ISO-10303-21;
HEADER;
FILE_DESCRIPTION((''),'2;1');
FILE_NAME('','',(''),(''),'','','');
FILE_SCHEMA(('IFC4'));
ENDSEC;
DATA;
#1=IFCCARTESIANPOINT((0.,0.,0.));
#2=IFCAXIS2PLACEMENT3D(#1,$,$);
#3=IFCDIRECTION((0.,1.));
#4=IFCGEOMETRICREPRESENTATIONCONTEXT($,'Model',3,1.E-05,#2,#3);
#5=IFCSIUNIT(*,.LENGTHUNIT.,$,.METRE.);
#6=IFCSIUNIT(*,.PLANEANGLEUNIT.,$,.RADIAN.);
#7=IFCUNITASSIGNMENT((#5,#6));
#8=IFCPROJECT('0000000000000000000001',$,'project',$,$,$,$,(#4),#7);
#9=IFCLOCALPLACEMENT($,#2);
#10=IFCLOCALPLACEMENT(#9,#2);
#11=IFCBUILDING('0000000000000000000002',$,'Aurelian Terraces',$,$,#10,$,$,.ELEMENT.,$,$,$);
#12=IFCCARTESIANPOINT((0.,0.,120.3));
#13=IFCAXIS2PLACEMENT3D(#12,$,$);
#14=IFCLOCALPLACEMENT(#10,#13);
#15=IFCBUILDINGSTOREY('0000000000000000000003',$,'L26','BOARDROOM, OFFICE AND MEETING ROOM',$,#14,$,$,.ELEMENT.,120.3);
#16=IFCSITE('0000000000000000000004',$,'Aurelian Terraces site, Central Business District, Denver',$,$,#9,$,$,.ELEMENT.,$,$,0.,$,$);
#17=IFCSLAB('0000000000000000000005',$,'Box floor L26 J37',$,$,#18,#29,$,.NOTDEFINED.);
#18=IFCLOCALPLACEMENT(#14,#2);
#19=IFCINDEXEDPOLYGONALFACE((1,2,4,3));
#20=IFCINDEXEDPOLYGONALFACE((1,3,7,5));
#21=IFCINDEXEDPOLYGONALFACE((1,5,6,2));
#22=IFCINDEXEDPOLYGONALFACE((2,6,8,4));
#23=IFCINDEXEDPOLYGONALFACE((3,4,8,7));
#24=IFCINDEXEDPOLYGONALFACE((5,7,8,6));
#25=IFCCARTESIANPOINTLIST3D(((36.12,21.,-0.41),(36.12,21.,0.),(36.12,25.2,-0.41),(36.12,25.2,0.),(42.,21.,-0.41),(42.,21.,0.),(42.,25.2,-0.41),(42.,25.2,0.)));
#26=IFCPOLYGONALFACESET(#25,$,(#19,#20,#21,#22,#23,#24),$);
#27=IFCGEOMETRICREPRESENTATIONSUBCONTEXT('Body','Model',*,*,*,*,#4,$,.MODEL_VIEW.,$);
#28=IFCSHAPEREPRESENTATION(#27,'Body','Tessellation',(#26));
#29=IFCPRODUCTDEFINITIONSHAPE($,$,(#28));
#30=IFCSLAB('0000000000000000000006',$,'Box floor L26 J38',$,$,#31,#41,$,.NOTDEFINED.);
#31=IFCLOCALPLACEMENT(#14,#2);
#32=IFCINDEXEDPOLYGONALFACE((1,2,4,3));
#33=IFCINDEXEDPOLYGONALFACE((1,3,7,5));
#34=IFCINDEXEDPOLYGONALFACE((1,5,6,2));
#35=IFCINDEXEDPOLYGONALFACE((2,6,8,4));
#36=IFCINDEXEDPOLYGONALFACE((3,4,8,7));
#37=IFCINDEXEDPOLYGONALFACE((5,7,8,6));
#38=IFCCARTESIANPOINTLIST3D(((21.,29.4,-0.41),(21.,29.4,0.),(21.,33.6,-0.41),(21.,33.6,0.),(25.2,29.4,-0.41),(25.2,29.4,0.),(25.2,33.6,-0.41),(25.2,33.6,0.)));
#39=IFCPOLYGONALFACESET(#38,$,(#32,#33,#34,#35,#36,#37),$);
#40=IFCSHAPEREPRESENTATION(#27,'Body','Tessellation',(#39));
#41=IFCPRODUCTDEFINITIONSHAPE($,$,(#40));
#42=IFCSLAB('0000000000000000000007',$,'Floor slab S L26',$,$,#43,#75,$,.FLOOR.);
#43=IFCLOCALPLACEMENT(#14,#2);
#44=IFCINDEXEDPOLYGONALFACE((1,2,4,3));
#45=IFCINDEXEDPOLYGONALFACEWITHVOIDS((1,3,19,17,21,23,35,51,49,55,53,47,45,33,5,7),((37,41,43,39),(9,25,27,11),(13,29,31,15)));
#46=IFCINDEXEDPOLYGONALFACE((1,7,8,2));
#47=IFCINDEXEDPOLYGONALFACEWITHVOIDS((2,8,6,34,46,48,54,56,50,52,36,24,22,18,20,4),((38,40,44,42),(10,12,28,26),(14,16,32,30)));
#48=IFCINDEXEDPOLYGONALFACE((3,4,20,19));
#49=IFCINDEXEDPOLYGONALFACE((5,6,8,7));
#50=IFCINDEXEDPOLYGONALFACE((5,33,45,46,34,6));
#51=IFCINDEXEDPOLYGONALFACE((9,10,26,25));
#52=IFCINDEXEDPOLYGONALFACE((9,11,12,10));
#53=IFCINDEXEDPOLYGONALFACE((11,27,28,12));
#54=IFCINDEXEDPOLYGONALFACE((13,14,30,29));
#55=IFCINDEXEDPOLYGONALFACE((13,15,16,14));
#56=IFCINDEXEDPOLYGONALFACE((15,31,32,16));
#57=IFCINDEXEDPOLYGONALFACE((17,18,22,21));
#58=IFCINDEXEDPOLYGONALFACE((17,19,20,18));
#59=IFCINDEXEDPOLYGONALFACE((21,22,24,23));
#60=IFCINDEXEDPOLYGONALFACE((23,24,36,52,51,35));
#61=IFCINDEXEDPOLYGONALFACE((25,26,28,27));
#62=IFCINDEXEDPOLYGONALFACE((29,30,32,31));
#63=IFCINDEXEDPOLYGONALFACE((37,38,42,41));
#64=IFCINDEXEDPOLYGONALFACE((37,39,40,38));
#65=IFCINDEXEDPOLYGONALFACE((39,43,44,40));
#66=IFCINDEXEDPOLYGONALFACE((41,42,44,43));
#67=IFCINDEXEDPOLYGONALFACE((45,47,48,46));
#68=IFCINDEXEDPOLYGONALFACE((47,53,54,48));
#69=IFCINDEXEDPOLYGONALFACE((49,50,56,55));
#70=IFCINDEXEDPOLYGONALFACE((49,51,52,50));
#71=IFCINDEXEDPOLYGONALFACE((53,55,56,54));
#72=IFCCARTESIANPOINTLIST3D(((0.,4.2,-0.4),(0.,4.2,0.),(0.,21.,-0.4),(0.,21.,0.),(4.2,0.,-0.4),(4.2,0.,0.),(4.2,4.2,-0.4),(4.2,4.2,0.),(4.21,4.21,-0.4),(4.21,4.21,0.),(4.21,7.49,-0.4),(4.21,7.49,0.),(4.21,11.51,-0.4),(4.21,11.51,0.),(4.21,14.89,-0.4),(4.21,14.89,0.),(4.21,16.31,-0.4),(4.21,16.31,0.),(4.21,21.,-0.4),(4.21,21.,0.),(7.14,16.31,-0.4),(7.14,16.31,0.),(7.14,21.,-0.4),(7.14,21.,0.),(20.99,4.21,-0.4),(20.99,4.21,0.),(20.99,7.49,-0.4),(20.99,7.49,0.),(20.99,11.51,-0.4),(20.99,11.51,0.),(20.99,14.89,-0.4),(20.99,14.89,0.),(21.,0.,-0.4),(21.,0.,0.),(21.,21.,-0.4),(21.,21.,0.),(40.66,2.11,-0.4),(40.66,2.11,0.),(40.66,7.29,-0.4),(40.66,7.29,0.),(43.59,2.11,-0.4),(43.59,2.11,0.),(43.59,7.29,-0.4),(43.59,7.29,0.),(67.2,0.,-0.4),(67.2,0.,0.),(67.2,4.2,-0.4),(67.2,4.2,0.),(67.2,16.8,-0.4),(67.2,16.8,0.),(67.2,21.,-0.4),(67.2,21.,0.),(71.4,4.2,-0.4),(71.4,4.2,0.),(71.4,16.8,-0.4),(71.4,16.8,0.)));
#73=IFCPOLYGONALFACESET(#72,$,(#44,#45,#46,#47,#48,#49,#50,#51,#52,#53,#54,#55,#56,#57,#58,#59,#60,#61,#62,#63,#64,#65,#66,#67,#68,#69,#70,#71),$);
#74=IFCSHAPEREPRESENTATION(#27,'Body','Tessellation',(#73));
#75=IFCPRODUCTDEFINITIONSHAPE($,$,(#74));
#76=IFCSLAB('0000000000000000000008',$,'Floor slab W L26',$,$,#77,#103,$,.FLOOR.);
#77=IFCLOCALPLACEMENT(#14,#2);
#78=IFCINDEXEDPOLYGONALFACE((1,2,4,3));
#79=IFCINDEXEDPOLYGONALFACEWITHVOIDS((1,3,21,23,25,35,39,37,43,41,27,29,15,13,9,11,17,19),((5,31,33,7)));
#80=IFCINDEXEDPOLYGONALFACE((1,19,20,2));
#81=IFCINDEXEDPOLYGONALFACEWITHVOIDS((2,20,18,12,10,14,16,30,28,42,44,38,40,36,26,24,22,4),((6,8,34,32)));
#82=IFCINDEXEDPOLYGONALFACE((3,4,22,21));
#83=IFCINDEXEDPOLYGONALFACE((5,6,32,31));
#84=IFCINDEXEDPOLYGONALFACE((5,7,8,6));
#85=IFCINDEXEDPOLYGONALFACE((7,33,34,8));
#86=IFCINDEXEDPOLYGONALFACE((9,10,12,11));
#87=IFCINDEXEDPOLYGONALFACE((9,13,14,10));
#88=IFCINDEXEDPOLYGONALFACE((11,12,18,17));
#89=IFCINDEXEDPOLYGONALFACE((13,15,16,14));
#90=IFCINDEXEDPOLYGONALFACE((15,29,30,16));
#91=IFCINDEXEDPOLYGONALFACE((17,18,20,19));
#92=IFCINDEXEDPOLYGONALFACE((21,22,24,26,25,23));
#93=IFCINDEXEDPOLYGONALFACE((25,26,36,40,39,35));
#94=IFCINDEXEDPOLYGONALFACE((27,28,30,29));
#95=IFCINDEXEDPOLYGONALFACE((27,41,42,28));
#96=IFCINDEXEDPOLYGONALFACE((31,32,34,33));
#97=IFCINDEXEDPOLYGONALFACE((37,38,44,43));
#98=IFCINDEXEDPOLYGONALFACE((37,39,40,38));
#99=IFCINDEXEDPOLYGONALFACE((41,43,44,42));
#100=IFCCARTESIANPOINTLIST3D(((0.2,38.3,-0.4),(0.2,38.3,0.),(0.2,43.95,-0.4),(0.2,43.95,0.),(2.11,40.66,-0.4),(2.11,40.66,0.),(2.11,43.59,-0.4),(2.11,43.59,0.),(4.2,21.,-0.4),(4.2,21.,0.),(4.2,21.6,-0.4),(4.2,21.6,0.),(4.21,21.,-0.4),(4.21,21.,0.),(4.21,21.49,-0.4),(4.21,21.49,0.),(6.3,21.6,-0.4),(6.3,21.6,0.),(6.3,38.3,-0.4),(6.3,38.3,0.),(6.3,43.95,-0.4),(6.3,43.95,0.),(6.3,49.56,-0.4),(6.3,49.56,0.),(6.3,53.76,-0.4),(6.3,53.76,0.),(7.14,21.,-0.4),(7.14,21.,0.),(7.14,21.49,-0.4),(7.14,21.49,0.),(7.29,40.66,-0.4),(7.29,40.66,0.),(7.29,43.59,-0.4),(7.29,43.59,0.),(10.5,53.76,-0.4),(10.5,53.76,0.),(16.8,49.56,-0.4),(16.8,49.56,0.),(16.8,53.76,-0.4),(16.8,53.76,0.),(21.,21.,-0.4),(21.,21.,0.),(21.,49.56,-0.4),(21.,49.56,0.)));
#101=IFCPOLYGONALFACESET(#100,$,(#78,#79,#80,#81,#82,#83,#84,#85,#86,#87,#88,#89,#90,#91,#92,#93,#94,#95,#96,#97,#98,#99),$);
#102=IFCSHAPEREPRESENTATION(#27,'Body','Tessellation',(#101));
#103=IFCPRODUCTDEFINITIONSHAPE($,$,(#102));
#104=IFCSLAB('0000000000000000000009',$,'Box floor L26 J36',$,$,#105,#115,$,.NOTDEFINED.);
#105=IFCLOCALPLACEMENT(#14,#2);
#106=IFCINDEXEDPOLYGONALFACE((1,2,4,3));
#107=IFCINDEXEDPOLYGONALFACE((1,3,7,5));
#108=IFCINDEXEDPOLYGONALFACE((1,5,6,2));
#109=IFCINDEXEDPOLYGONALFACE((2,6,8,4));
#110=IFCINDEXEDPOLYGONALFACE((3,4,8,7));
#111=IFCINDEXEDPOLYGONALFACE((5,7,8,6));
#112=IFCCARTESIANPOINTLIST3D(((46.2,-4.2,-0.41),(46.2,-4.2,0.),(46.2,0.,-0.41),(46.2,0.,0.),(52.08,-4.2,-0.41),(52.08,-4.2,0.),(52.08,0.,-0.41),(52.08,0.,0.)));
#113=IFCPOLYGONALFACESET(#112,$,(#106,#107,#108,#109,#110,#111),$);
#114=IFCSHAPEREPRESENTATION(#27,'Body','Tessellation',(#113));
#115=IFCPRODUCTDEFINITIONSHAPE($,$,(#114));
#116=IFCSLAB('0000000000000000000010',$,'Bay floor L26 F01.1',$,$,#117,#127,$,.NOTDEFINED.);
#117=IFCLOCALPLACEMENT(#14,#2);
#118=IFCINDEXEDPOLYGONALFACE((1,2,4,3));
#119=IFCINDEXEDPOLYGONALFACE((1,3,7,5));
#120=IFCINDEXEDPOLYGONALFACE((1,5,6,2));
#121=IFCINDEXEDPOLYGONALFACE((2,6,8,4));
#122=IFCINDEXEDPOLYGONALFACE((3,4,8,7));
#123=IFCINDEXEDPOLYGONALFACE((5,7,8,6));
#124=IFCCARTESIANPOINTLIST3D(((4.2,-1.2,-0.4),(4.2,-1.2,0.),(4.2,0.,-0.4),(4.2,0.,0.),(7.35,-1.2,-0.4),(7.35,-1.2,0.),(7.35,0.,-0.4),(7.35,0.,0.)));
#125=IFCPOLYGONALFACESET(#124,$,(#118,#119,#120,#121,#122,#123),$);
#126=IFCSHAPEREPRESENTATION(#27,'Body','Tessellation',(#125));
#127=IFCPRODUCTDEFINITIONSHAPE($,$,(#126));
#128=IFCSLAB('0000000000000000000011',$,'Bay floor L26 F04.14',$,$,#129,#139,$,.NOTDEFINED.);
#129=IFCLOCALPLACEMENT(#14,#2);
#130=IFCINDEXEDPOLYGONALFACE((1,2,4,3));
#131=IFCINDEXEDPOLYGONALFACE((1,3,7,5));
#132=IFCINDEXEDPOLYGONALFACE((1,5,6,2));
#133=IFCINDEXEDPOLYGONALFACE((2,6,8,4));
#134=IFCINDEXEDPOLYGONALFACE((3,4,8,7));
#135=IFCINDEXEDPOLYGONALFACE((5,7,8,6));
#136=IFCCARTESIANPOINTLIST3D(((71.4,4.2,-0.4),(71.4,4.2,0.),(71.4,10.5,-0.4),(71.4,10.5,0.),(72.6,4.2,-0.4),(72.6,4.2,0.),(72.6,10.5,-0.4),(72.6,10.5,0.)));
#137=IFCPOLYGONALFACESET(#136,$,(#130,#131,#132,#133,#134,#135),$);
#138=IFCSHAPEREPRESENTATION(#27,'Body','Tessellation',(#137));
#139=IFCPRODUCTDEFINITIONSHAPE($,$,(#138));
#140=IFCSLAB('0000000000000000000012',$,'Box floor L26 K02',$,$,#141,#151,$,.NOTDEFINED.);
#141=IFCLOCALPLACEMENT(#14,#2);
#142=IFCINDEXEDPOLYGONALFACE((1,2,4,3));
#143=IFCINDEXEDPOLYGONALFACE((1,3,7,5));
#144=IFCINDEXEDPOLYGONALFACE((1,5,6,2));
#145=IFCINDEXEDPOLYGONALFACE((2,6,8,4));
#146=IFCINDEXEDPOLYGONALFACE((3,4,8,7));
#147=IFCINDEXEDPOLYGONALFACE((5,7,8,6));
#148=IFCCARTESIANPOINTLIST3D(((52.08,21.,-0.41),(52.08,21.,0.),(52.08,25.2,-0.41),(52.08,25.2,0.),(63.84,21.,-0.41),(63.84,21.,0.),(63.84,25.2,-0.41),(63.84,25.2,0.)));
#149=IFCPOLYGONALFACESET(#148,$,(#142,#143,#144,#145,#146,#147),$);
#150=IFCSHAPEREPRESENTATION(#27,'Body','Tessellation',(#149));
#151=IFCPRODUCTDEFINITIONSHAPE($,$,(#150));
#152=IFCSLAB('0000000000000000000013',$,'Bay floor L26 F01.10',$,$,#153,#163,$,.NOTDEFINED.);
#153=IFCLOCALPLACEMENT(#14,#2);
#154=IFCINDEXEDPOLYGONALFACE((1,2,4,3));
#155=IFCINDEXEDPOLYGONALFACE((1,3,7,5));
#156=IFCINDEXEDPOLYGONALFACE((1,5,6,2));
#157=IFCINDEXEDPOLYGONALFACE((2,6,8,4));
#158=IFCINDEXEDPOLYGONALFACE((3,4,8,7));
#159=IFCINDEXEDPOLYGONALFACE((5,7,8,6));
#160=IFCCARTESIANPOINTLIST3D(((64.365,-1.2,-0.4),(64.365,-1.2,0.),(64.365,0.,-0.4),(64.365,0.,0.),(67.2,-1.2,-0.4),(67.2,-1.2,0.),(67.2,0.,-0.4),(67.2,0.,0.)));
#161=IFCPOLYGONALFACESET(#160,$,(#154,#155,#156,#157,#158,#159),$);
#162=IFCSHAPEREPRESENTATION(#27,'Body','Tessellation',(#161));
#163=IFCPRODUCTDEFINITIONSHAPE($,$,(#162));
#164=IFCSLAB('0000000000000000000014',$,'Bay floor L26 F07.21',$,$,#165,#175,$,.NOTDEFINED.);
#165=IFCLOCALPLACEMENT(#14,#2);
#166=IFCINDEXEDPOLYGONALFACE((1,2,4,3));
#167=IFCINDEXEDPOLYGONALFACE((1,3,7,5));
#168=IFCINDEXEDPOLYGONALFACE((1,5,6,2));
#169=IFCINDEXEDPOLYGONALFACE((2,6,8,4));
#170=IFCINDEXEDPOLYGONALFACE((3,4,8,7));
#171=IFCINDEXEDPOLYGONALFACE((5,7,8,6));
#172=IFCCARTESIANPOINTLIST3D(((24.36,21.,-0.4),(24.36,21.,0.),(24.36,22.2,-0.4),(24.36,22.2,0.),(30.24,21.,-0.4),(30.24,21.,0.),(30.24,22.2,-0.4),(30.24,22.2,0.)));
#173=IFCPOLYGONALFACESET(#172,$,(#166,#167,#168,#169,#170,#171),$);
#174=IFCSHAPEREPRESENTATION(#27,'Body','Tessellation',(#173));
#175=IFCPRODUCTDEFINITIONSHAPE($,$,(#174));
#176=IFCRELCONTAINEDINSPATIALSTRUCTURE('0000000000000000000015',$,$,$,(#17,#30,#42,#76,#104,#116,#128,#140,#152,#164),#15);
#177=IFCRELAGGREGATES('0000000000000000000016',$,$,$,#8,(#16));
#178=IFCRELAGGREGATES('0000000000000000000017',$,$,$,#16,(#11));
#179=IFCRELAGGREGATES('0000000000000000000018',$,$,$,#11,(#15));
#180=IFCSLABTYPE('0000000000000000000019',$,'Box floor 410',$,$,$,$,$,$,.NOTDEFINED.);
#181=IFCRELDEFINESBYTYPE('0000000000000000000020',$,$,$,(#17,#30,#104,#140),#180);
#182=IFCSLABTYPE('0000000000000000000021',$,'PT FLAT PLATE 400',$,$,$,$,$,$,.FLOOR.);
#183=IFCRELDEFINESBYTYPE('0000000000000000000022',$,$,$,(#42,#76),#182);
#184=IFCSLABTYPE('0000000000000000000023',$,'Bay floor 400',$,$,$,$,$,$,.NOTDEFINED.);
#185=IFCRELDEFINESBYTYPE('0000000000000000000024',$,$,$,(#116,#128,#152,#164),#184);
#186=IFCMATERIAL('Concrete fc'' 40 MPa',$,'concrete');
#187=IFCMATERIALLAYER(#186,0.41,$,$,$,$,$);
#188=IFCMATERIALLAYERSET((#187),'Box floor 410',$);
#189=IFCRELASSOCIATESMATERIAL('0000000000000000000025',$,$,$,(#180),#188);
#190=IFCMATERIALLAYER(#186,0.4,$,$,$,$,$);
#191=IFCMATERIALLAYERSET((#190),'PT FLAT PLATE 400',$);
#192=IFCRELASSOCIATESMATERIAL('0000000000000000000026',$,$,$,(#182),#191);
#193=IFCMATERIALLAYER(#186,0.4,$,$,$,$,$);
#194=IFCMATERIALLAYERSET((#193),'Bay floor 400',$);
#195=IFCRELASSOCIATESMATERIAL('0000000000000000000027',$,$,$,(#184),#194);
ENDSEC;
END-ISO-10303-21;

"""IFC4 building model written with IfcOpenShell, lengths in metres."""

from ifc_helpers import new_model, si_unit, direction, frame, origin, place, context, subcontext, project, spatial, polyline, outline, extrude, source, transform, mapped, material, layer, layer_set, type_object, element, save


model = new_model("IFC4")

# Units and contexts
model_context = context("Model", 3, precision=1e-05, world=origin(), true_north=direction((0.0, 1.0)))
body_context = subcontext(model_context, "Body", "Model", "MODEL_VIEW")
ifc_project = project(units=[si_unit("LENGTHUNIT", "METRE"), si_unit("PLANEANGLEUNIT", "RADIAN")], contexts=[model_context])

# Site, building, storey
site_placement = place(None, origin())
site = spatial("IfcSite", under=ifc_project, at=site_placement, Name="Aurelian Terraces site, Central Business District, Denver", CompositionType="ELEMENT", RefElevation=0.0)
building_placement = place(site_placement, origin())
building = spatial("IfcBuilding", under=site, at=building_placement, Name="Aurelian Terraces", CompositionType="ELEMENT")
storey_placement = place(building_placement, frame((0.0, 0.0, 120.3)))
storey = spatial("IfcBuildingStorey", under=building, at=storey_placement, Name="L26", Description="BOARDROOM, OFFICE AND MEETING ROOM", CompositionType="ELEMENT", Elevation=120.3)

# Slabs
ifc_material = material(Name="Concrete fc' 40 MPa", Category="concrete")
ifc_layer_1 = layer(ifc_material, 0.41)
ifc_layer_set_1 = layer_set([ifc_layer_1], Name="Box floor 410")
slab_type_1 = type_object("IfcSlabType", Name="Box floor 410", PredefinedType="NOTDEFINED", material=ifc_layer_set_1)
slab_1_placement = place(storey_placement, frame((0.0, 0.0, -0.41)))
element("IfcSlab", 1, at=slab_1_placement, inside=storey, type_object=slab_type_1, Name="Box floor L26 J37", PredefinedType="NOTDEFINED", context=body_context, shape_type="SweptSolid", body=[
    extrude(outline(polyline([(42.0, 25.2), (36.12, 25.2), (36.12, 21.0), (42.0, 21.0), (42.0, 25.2)])), origin(), (0.0, 0.0, 1.0), 0.41),
])
slab_2_placement = place(storey_placement, frame((0.0, 0.0, -0.41)))
element("IfcSlab", 2, at=slab_2_placement, inside=storey, type_object=slab_type_1, Name="Box floor L26 J38", PredefinedType="NOTDEFINED", context=body_context, shape_type="SweptSolid", body=[
    extrude(outline(polyline([(25.2, 29.4), (25.2, 33.6), (21.0, 33.6), (21.0, 29.4), (25.2, 29.4)])), origin(), (0.0, 0.0, 1.0), 0.41),
])
ifc_layer_2 = layer(ifc_material, 0.4)
ifc_layer_set_2 = layer_set([ifc_layer_2], Name="PT FLAT PLATE 400")
slab_type_2 = type_object("IfcSlabType", Name="PT FLAT PLATE 400", PredefinedType="FLOOR", material=ifc_layer_set_2)
shared_shape_1 = source(origin(), body_context, "Body", "SweptSolid", [
    extrude(outline(polyline([(67.2, 16.8), (71.4, 16.8), (71.4, 4.2), (67.2, 4.2), (67.2, 0.0), (21.0, 0.0), (4.2, 0.0), (4.2, 4.2), (0.0, 4.2), (0.0, 21.0), (4.21, 21.0), (4.21, 16.31), (7.14, 16.31), (7.14, 21.0), (21.0, 21.0), (67.2, 21.0), (67.2, 16.8)]), holes=[polyline([(40.66, 2.11), (43.59, 2.11), (43.59, 7.29), (40.66, 7.29), (40.66, 2.11)]), polyline([(4.21, 7.49), (4.21, 4.21), (20.99, 4.21), (20.99, 7.49), (4.21, 7.49)]), polyline([(4.21, 14.89), (4.21, 11.51), (20.99, 11.51), (20.99, 14.89), (4.21, 14.89)])]), origin(), (0.0, 0.0, 1.0), 0.4),
])
slab_3_placement = place(storey_placement, frame((0.0, 0.0, -0.4)))
element("IfcSlab", 3, at=slab_3_placement, inside=storey, type_object=slab_type_2, Name="Floor slab S L26", PredefinedType="FLOOR", context=body_context, shape_type="MappedRepresentation", body=[
    mapped(shared_shape_1, transform((0.0, 0.0, 0.0), scale=1.0)),
])
shared_shape_2 = source(origin(), body_context, "Body", "SweptSolid", [
    extrude(outline(polyline([(0.2, 43.95), (6.3, 43.95), (6.3, 49.56), (6.3, 53.76), (10.5, 53.76), (16.8, 53.76), (16.8, 49.56), (21.0, 49.56), (21.0, 21.0), (7.14, 21.0), (7.14, 21.49), (4.21, 21.49), (4.21, 21.0), (4.2, 21.0), (4.2, 21.6), (6.3, 21.6), (6.3, 38.3), (0.2, 38.3), (0.2, 43.95)]), holes=[polyline([(7.29, 43.59), (2.11, 43.59), (2.11, 40.66), (7.29, 40.66), (7.29, 43.59)])]), origin(), (0.0, 0.0, 1.0), 0.4),
])
slab_4_placement = place(storey_placement, frame((0.0, 0.0, -0.4)))
element("IfcSlab", 4, at=slab_4_placement, inside=storey, type_object=slab_type_2, Name="Floor slab W L26", PredefinedType="FLOOR", context=body_context, shape_type="MappedRepresentation", body=[
    mapped(shared_shape_2, transform((0.0, 0.0, 0.0), scale=1.0)),
])
shared_shape_3 = source(origin(), body_context, "Body", "SweptSolid", [
    extrude(outline(polyline([(46.2, -4.2), (52.08, -4.2), (52.08, 0.0), (46.2, 0.0), (46.2, -4.2)])), origin(), (0.0, 0.0, 1.0), 0.41),
])
slab_5_placement = place(storey_placement, frame((0.0, 0.0, -0.41)))
element("IfcSlab", 5, at=slab_5_placement, inside=storey, type_object=slab_type_1, Name="Box floor L26 J36", PredefinedType="NOTDEFINED", context=body_context, shape_type="MappedRepresentation", body=[
    mapped(shared_shape_3, transform((0.0, 0.0, 0.0), scale=1.0)),
])
ifc_layer_3 = layer(ifc_material, 0.4)
ifc_layer_set_3 = layer_set([ifc_layer_3], Name="Bay floor 400")
slab_type_3 = type_object("IfcSlabType", Name="Bay floor 400", PredefinedType="NOTDEFINED", material=ifc_layer_set_3)
shared_shape_4 = source(origin(), body_context, "Body", "SweptSolid", [
    extrude(outline(polyline([(4.2, 0.0), (7.35, 0.0), (7.35, -1.2), (4.2, -1.2), (4.2, 0.0)])), origin(), (0.0, 0.0, 1.0), 0.4),
])
slab_6_placement = place(storey_placement, frame((0.0, 0.0, -0.4)))
element("IfcSlab", 6, at=slab_6_placement, inside=storey, type_object=slab_type_3, Name="Bay floor L26 F01.1", PredefinedType="NOTDEFINED", context=body_context, shape_type="MappedRepresentation", body=[
    mapped(shared_shape_4, transform((0.0, 0.0, 0.0), scale=1.0)),
])
shared_shape_5 = source(origin(), body_context, "Body", "SweptSolid", [
    extrude(outline(polyline([(71.4, 4.2), (71.4, 10.5), (72.6, 10.5), (72.6, 4.2), (71.4, 4.2)])), origin(), (0.0, 0.0, 1.0), 0.4),
])
slab_7_placement = place(storey_placement, frame((0.0, 0.0, -0.4)))
element("IfcSlab", 7, at=slab_7_placement, inside=storey, type_object=slab_type_3, Name="Bay floor L26 F04.14", PredefinedType="NOTDEFINED", context=body_context, shape_type="MappedRepresentation", body=[
    mapped(shared_shape_5, transform((0.0, 0.0, 0.0), scale=1.0)),
])
shared_shape_6 = source(origin(), body_context, "Body", "SweptSolid", [
    extrude(outline(polyline([(63.84, 25.2), (52.08, 25.2), (52.08, 21.0), (63.84, 21.0), (63.84, 25.2)])), origin(), (0.0, 0.0, 1.0), 0.41),
])
slab_8_placement = place(storey_placement, frame((0.0, 0.0, -0.41)))
element("IfcSlab", 8, at=slab_8_placement, inside=storey, type_object=slab_type_1, Name="Box floor L26 K02", PredefinedType="NOTDEFINED", context=body_context, shape_type="MappedRepresentation", body=[
    mapped(shared_shape_6, transform((0.0, 0.0, 0.0), scale=1.0)),
])
shared_shape_7 = source(origin(), body_context, "Body", "SweptSolid", [
    extrude(outline(polyline([(64.365, 0.0), (67.2, 0.0), (67.2, -1.2), (64.365, -1.2), (64.365, 0.0)])), origin(), (0.0, 0.0, 1.0), 0.4),
])
slab_9_placement = place(storey_placement, frame((0.0, 0.0, -0.4)))
element("IfcSlab", 9, at=slab_9_placement, inside=storey, type_object=slab_type_3, Name="Bay floor L26 F01.10", PredefinedType="NOTDEFINED", context=body_context, shape_type="MappedRepresentation", body=[
    mapped(shared_shape_7, transform((0.0, 0.0, 0.0), scale=1.0)),
])
shared_shape_8 = source(origin(), body_context, "Body", "SweptSolid", [
    extrude(outline(polyline([(30.24, 21.0), (24.36, 21.0), (24.36, 22.2), (30.24, 22.2), (30.24, 21.0)])), origin(), (0.0, 0.0, 1.0), 0.4),
])
slab_10_placement = place(storey_placement, frame((0.0, 0.0, -0.4)))
element("IfcSlab", 10, at=slab_10_placement, inside=storey, type_object=slab_type_3, Name="Bay floor L26 F07.21", PredefinedType="NOTDEFINED", context=body_context, shape_type="MappedRepresentation", body=[
    mapped(shared_shape_8, transform((0.0, 0.0, 0.0), scale=1.0)),
])

save(model, "model.ifc")
